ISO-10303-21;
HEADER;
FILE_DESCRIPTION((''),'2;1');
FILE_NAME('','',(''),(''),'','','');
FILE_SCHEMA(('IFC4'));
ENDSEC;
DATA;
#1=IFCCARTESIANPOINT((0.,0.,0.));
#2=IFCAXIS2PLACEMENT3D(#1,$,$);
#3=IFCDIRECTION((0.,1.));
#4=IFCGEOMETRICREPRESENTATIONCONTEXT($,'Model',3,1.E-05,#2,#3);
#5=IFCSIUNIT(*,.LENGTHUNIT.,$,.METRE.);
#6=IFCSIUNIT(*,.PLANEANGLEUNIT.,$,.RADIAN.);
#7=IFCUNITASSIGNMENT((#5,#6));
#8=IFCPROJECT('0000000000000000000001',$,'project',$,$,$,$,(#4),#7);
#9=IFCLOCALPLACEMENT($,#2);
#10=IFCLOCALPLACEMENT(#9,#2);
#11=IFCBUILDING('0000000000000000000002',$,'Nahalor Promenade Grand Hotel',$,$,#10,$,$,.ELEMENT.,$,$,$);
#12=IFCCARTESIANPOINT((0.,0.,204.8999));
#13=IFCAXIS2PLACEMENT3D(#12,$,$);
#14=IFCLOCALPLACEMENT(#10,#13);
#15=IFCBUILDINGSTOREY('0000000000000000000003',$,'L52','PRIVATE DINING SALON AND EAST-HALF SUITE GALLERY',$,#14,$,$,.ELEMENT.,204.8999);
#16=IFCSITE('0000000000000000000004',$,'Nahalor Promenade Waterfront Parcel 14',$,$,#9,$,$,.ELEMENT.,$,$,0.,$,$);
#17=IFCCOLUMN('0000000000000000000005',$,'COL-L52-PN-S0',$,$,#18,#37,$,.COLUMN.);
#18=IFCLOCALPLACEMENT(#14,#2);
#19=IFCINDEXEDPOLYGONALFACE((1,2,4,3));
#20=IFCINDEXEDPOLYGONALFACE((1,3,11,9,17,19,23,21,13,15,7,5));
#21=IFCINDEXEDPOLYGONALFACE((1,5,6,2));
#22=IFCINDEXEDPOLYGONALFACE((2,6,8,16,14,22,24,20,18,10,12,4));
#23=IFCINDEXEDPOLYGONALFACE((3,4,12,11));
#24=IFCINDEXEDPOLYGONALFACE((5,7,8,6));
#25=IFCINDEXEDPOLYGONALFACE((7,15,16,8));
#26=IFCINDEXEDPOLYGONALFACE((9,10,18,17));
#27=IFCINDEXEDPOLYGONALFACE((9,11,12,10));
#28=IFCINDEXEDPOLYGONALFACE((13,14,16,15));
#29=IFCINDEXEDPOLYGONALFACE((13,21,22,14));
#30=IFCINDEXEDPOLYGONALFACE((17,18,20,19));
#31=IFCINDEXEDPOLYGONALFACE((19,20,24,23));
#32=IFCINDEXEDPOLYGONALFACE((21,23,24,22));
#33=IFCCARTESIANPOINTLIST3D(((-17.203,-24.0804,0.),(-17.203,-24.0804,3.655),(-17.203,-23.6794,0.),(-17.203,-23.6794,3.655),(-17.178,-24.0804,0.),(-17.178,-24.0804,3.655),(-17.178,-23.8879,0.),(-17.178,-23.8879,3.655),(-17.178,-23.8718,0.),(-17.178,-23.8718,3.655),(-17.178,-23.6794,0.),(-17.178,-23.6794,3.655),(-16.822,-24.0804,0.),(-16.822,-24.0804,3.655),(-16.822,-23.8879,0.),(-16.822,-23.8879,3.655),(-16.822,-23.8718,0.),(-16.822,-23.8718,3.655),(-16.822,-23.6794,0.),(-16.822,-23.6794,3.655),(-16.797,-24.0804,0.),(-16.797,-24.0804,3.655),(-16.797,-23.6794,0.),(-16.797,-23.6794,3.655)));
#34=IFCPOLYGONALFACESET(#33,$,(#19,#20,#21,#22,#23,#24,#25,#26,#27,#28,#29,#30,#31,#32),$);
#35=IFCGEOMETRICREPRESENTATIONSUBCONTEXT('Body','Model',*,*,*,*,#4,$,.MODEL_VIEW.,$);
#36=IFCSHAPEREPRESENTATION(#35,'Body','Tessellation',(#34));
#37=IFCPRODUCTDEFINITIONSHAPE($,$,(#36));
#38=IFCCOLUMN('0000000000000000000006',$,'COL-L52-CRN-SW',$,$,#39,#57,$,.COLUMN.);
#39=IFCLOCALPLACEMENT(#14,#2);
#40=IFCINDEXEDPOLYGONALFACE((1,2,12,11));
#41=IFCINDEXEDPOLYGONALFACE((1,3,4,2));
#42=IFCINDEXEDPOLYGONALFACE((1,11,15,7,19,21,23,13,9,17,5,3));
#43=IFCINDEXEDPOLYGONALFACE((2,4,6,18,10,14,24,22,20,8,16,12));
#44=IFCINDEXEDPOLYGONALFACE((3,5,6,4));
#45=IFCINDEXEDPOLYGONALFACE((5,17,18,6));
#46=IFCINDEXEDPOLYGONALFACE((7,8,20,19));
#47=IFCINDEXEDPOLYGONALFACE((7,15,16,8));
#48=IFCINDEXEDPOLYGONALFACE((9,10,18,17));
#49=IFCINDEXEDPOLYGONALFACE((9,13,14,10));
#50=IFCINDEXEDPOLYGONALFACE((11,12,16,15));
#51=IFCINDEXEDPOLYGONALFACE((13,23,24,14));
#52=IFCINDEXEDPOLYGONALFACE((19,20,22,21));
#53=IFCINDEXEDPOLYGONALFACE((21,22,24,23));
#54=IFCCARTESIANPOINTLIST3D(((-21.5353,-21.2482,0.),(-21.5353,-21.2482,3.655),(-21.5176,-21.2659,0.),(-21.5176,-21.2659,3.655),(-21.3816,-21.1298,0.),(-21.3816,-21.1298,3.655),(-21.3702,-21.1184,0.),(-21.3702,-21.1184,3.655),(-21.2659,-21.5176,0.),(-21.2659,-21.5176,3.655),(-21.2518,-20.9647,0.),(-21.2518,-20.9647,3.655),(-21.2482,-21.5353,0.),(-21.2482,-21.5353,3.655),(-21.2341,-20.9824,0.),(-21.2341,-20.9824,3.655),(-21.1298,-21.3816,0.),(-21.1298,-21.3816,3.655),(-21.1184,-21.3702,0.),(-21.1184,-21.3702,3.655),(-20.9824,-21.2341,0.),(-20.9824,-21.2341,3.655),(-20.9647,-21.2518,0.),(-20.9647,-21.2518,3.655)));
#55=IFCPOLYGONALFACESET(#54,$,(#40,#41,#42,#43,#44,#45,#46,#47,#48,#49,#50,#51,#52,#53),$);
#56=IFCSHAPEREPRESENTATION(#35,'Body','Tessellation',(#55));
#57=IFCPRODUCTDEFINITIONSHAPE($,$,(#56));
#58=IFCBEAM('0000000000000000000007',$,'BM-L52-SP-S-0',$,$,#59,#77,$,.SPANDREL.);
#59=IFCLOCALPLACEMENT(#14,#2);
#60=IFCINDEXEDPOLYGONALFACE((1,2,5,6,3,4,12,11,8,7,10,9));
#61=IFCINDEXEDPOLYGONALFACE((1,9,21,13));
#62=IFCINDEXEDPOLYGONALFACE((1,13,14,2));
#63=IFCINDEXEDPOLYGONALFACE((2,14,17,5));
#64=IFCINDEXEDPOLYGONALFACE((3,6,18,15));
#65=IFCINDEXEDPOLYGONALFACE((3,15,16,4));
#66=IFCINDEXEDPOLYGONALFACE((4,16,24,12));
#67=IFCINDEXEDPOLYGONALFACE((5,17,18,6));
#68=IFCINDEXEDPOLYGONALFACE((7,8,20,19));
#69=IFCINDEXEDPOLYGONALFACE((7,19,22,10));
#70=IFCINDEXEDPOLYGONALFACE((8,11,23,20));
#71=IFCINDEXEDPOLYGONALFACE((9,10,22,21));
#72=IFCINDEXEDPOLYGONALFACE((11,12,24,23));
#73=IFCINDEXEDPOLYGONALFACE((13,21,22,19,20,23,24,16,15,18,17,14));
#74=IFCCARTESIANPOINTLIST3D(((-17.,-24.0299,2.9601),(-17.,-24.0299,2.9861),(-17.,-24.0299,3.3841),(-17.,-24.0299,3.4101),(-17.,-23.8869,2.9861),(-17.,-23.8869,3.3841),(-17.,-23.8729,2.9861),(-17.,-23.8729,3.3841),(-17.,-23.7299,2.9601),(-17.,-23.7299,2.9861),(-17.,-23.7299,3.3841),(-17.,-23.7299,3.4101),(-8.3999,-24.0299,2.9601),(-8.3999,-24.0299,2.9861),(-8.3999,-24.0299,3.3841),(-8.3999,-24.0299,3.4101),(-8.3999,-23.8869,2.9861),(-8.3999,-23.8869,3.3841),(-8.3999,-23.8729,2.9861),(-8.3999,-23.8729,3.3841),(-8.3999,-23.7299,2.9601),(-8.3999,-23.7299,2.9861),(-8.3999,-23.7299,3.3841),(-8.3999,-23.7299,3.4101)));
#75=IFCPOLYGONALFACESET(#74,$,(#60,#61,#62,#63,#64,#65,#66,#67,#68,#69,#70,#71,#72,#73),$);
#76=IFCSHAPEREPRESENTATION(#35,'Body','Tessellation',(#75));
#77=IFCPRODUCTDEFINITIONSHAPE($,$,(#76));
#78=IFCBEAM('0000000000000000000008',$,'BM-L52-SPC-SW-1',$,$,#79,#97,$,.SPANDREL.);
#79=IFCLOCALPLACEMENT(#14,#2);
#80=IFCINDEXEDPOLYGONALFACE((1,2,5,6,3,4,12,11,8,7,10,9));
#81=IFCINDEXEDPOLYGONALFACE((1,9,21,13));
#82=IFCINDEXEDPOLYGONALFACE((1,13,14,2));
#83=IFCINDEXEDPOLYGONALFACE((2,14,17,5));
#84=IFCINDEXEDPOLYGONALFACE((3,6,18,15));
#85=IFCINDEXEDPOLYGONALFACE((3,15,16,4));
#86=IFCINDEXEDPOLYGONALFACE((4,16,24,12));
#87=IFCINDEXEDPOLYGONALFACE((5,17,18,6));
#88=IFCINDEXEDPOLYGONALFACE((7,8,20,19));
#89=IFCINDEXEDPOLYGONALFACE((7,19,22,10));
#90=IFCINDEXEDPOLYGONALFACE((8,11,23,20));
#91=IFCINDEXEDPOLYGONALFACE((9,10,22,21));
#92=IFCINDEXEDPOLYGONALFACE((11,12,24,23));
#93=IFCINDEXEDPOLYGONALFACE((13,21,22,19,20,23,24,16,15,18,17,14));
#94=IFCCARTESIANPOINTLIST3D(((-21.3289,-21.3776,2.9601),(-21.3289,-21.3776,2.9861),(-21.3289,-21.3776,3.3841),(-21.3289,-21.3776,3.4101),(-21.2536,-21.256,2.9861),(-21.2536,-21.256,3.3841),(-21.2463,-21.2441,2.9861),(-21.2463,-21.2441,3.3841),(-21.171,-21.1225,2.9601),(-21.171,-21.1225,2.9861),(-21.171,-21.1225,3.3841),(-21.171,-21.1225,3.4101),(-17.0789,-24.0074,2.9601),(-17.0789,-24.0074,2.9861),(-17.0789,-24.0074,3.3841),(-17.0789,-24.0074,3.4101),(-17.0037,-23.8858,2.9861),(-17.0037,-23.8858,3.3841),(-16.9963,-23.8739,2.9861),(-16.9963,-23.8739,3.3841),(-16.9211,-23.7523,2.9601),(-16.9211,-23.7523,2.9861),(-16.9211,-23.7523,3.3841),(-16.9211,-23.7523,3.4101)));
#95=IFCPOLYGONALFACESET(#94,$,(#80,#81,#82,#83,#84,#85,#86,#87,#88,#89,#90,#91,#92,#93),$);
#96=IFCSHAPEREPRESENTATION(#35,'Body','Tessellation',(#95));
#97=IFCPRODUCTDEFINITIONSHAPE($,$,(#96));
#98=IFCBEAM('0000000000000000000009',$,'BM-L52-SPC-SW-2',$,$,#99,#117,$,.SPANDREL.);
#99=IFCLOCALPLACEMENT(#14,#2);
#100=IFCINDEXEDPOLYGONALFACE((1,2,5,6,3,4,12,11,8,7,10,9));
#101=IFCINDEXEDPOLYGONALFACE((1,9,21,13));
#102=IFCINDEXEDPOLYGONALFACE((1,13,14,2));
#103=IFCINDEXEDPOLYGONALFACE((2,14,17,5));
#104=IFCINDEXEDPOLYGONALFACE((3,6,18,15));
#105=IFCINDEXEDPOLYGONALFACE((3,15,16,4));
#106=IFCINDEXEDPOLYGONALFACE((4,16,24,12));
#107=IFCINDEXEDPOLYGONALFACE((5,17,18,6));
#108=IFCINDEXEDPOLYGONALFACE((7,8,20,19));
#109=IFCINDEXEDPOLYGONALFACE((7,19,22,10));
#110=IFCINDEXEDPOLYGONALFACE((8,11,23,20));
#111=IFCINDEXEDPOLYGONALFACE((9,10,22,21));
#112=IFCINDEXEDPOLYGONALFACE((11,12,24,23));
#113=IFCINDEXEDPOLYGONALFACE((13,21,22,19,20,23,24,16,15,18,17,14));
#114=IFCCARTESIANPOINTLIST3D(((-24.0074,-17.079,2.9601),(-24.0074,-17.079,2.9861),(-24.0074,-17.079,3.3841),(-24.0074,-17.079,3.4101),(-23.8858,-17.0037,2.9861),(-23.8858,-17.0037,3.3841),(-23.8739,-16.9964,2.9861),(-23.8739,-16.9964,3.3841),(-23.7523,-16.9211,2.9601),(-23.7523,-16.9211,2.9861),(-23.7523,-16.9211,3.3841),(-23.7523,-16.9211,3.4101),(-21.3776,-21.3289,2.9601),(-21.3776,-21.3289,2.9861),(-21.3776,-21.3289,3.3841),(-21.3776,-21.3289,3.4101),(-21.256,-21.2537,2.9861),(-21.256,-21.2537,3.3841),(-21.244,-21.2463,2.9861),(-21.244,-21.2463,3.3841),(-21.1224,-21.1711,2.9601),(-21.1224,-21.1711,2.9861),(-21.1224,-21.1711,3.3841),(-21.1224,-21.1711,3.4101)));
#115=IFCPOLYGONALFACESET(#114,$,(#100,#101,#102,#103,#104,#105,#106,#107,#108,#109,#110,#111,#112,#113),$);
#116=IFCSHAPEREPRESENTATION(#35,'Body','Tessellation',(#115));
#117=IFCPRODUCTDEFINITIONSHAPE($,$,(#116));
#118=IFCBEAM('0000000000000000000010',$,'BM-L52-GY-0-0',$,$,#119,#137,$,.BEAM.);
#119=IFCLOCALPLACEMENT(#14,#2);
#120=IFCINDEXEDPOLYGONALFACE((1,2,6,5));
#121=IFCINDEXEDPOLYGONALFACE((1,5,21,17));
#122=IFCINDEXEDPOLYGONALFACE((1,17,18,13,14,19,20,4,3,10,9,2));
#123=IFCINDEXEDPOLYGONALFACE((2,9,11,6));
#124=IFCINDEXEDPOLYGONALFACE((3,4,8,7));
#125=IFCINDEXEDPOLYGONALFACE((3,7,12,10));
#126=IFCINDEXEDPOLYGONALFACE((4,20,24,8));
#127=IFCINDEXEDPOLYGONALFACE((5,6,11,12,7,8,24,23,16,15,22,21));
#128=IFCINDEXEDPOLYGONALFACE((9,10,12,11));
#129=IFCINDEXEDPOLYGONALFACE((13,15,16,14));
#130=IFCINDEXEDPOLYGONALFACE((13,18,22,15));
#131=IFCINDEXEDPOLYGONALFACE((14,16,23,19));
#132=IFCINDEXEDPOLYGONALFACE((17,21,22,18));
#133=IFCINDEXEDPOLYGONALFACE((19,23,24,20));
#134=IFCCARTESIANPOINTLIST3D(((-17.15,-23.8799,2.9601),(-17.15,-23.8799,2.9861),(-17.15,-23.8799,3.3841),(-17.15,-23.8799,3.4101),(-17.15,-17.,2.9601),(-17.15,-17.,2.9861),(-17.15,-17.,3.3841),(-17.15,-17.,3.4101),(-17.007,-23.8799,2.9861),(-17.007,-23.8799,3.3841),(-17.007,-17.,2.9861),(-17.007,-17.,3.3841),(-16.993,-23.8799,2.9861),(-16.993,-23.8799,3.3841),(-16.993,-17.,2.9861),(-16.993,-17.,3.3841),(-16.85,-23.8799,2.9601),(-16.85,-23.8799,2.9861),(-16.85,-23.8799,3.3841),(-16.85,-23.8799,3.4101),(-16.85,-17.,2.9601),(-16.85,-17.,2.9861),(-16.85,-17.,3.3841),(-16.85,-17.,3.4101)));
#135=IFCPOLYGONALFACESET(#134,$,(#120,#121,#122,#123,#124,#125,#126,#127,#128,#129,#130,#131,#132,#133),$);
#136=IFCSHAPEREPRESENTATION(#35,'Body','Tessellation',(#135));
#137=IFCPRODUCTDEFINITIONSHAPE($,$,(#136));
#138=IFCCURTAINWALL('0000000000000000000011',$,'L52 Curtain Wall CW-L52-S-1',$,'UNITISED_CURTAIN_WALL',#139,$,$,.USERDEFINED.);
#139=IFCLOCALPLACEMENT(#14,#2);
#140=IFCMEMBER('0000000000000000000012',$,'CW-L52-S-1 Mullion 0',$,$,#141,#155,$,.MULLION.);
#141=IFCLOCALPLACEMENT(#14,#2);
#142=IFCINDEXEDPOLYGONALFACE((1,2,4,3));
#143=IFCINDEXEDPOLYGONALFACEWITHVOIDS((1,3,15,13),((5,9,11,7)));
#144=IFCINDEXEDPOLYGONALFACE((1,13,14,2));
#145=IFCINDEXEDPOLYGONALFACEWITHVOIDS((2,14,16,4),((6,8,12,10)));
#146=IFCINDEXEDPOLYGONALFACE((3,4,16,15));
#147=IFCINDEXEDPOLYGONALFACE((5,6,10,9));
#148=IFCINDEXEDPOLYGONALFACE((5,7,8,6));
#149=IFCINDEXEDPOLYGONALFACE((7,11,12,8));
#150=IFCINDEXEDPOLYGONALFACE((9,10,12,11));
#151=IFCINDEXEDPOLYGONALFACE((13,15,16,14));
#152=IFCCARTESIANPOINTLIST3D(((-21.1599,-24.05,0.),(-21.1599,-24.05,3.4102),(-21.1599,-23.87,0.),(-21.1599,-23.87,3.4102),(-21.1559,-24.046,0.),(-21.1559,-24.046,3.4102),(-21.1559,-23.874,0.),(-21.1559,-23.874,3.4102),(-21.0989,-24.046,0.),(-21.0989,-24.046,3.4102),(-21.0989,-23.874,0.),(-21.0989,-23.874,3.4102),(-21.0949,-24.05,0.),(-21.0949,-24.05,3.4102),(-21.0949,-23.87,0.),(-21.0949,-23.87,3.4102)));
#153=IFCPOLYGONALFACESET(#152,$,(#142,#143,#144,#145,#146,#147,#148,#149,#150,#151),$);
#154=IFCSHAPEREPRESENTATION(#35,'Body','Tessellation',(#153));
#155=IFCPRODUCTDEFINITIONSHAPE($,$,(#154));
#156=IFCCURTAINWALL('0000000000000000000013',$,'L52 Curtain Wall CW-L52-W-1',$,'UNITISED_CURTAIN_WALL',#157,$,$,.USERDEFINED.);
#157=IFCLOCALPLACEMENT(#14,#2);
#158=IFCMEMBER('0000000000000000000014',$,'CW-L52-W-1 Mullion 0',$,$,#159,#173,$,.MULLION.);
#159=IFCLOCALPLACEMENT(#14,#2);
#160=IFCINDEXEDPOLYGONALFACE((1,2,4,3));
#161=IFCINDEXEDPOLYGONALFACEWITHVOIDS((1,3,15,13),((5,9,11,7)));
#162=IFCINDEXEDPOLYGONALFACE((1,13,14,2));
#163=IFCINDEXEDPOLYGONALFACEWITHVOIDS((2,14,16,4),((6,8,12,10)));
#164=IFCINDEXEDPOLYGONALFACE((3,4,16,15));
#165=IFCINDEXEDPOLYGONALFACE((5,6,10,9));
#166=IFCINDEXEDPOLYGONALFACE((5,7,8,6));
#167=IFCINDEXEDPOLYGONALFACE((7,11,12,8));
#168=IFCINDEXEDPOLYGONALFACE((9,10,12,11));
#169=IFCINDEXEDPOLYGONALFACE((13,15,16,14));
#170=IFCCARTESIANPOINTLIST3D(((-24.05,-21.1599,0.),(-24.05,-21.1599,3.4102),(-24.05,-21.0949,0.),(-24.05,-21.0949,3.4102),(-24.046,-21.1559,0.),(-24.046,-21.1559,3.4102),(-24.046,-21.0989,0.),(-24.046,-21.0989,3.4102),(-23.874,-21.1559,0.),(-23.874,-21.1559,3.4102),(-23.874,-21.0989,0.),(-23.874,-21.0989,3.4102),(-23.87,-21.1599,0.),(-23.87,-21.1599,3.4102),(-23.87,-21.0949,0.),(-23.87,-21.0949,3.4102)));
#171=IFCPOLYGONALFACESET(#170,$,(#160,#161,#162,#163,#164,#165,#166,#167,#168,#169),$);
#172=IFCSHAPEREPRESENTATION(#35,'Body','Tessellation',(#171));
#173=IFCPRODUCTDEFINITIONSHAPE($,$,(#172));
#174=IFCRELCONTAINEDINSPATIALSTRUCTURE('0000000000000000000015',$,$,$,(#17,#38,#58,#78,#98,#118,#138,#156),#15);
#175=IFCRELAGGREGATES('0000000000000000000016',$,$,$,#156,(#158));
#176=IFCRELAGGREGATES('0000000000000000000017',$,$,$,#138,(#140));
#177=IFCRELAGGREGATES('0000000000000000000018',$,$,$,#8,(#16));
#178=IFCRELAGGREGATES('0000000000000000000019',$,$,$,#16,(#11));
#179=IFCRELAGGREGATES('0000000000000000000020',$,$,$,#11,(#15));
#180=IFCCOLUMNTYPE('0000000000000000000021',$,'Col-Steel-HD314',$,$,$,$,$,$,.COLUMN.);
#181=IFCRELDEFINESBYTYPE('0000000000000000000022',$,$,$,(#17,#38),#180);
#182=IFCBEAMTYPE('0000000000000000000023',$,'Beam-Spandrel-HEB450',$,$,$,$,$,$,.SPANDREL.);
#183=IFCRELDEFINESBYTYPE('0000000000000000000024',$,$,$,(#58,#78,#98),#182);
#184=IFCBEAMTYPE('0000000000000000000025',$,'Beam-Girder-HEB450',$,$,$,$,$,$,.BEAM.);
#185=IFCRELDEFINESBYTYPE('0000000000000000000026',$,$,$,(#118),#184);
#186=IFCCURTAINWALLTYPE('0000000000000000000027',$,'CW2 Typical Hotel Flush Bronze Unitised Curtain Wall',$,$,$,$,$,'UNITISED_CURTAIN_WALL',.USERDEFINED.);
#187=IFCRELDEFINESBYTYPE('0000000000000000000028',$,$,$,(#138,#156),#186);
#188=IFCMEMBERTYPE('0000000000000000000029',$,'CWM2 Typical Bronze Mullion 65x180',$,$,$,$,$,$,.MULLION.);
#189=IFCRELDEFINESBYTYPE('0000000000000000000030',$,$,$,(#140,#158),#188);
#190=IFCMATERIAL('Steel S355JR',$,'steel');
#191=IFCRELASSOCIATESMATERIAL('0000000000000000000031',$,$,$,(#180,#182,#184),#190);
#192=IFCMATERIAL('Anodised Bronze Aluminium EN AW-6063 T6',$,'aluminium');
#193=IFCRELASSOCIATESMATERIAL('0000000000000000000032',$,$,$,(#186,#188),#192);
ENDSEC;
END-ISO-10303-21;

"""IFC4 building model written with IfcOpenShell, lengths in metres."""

from ifc_helpers import new_model, si_unit, direction, frame, origin, origin_2d, place, context, subcontext, project, spatial, hollow_rectangle, i_section, extrude, source, transform, mapped, material, material_profile, profile_set, type_object, element, aggregate, save


model = new_model("IFC4")

# Units and contexts
model_context = context("Model", 3, precision=1e-05, world=origin(), true_north=direction((0.0, 1.0)))
body_context = subcontext(model_context, "Body", "Model", "MODEL_VIEW")
ifc_project = project(units=[si_unit("LENGTHUNIT", "METRE"), si_unit("PLANEANGLEUNIT", "RADIAN")], contexts=[model_context])

# Site, building, storey
site_placement = place(None, origin())
site = spatial("IfcSite", under=ifc_project, at=site_placement, Name="Nahalor Promenade Waterfront Parcel 14", CompositionType="ELEMENT", RefElevation=0.0)
building_placement = place(site_placement, origin())
building = spatial("IfcBuilding", under=site, at=building_placement, Name="Nahalor Promenade Grand Hotel", CompositionType="ELEMENT")
storey_placement = place(building_placement, frame((0.0, 0.0, 204.8999)))
storey = spatial("IfcBuildingStorey", under=building, at=storey_placement, Name="L52", Description="PRIVATE DINING SALON AND EAST-HALF SUITE GALLERY", CompositionType="ELEMENT", Elevation=204.8999)

# Columns
ifc_material_1 = material(Name="Steel S355JR", Category="steel")
ifc_material_profile_1 = material_profile(ifc_material_1, i_section(OverallWidth=0.401, OverallDepth=0.406, WebThickness=0.0161, FlangeThickness=0.025, at=origin_2d()), Name="HD 400x314")
ifc_profile_set_1 = profile_set([ifc_material_profile_1], Name="Steel S355JR")
column_type = type_object("IfcColumnType", Name="Col-Steel-HD314", PredefinedType="COLUMN", material=ifc_profile_set_1)
shared_shape_1 = source(origin(), body_context, "Body", "SweptSolid", [
    extrude(i_section(OverallWidth=0.401, OverallDepth=0.406, WebThickness=0.0161, FlangeThickness=0.025, at=origin_2d()), origin(), (0.0, 0.0, 1.0), 3.655),
])
for number, where, z_axis, x_axis, name in (
    (1, (-17.0, -23.8799, 0.0), (0.0, 0.0, 1.0), (0.0, 1.0, 0.0), "COL-L52-PN-S0"),
    (2, (-21.25, -21.25, 0.0), (0.0, 0.0, 1.0), (0.707107, 0.707107, 0.0), "COL-L52-CRN-SW"),
):
    element("IfcColumn", number, at=place(storey_placement, frame(where, z_axis=z_axis, x_axis=x_axis)), inside=storey, type_object=column_type, Name=name, PredefinedType="COLUMN", context=body_context, shape_type="MappedRepresentation", body=[
        mapped(shared_shape_1, transform((0.0, 0.0, 0.0), scale=1.0)),
    ])

# Beams
ifc_material_profile_2 = material_profile(ifc_material_1, i_section(OverallWidth=0.3, OverallDepth=0.45, WebThickness=0.014, FlangeThickness=0.026, at=origin_2d()), Name="HEB 450")
ifc_profile_set_2 = profile_set([ifc_material_profile_2], Name="Steel S355JR")
beam_type_1 = type_object("IfcBeamType", Name="Beam-Spandrel-HEB450", PredefinedType="SPANDREL", material=ifc_profile_set_2)
shared_shape_2 = source(origin(), body_context, "Body", "SweptSolid", [
    extrude(i_section(OverallWidth=0.3, OverallDepth=0.45, WebThickness=0.014, FlangeThickness=0.026, at=origin_2d()), origin(), (0.0, 0.0, 1.0), 8.6001),
])
beam_1_placement = place(storey_placement, frame((-17.0, -23.8799, 3.1851), z_axis=(1.0, 0.0, 0.0), x_axis=(0.0, 1.0, 0.0)))
element("IfcBeam", 3, at=beam_1_placement, inside=storey, type_object=beam_type_1, Name="BM-L52-SP-S-0", PredefinedType="SPANDREL", context=body_context, shape_type="MappedRepresentation", body=[
    mapped(shared_shape_2, transform((0.0, 0.0, 0.0), scale=1.0)),
])
shared_shape_3 = source(origin(), body_context, "Body", "SweptSolid", [
    extrude(i_section(OverallWidth=0.3, OverallDepth=0.45, WebThickness=0.014, FlangeThickness=0.026, at=origin_2d()), origin(), (0.0, 0.0, 1.0), 4.9978),
])
for number, where, z_axis, x_axis, name in (
    (4, (-17.0, -23.8799, 3.1851), (-0.850361, 0.5262, 0.0), (-0.5262, -0.850361, 0.0), "BM-L52-SPC-SW-1"),
    (5, (-21.25, -21.25, 3.1851), (-0.5262, 0.850361, 0.0), (-0.850361, -0.5262, 0.0), "BM-L52-SPC-SW-2"),
):
    element("IfcBeam", number, at=place(storey_placement, frame(where, z_axis=z_axis, x_axis=x_axis)), inside=storey, type_object=beam_type_1, Name=name, PredefinedType="SPANDREL", context=body_context, shape_type="MappedRepresentation", body=[
        mapped(shared_shape_3, transform((0.0, 0.0, 0.0), scale=1.0)),
    ])
ifc_material_profile_3 = material_profile(ifc_material_1, i_section(OverallWidth=0.3, OverallDepth=0.45, WebThickness=0.014, FlangeThickness=0.026, at=origin_2d()), Name="HEB 450")
ifc_profile_set_3 = profile_set([ifc_material_profile_3], Name="Steel S355JR")
beam_type_2 = type_object("IfcBeamType", Name="Beam-Girder-HEB450", PredefinedType="BEAM", material=ifc_profile_set_3)
shared_shape_4 = source(origin(), body_context, "Body", "SweptSolid", [
    extrude(i_section(OverallWidth=0.3, OverallDepth=0.45, WebThickness=0.014, FlangeThickness=0.026, at=origin_2d()), origin(), (0.0, 0.0, 1.0), 6.8799),
])
beam_2_placement = place(storey_placement, frame((-17.0, -23.8799, 3.1851), z_axis=(0.0, 1.0, 0.0), x_axis=(-1.0, 0.0, 0.0)))
element("IfcBeam", 6, at=beam_2_placement, inside=storey, type_object=beam_type_2, Name="BM-L52-GY-0-0", PredefinedType="BEAM", context=body_context, shape_type="MappedRepresentation", body=[
    mapped(shared_shape_4, transform((0.0, 0.0, 0.0), scale=1.0)),
])

# Curtain walls, members
ifc_material_2 = material(Name="Anodised Bronze Aluminium EN AW-6063 T6", Category="aluminium")
curtain_wall_type = type_object("IfcCurtainWallType", Name="CW2 Typical Hotel Flush Bronze Unitised Curtain Wall", ElementType="UNITISED_CURTAIN_WALL", PredefinedType="USERDEFINED", material=ifc_material_2)
curtain_wall_1_placement = place(storey_placement, origin())
curtain_wall_1 = element("IfcCurtainWall", 7, at=curtain_wall_1_placement, inside=storey, type_object=curtain_wall_type, Name="L52 Curtain Wall CW-L52-S-1", ObjectType="UNITISED_CURTAIN_WALL", PredefinedType="USERDEFINED")
ifc_material_profile_4 = material_profile(ifc_material_2, hollow_rectangle(XDim=0.065, YDim=0.18, WallThickness=0.004, at=origin_2d()), Name="CWM 65x180x4")
ifc_profile_set_4 = profile_set([ifc_material_profile_4], Name="Anodised Bronze Aluminium EN AW-6063 T6")
member_type_1 = type_object("IfcMemberType", Name="CWM2 Typical Bronze Mullion 65x180", PredefinedType="MULLION", material=ifc_profile_set_4)
shared_shape_5 = source(origin(), body_context, "Body", "SweptSolid", [
    extrude(hollow_rectangle(XDim=0.065, YDim=0.18, WallThickness=0.004, at=origin_2d()), origin(), (0.0, 0.0, 1.0), 3.4102),
])
member_1_placement = place(storey_placement, frame((-21.1274, -23.96, 0.0), z_axis=(0.0, 0.0, 1.0), x_axis=(1.0, 0.0, 0.0)))
member_1 = element("IfcMember", 8, at=member_1_placement, type_object=member_type_1, Name="CW-L52-S-1 Mullion 0", PredefinedType="MULLION", context=body_context, shape_type="MappedRepresentation", body=[
    mapped(shared_shape_5, transform((0.0, 0.0, 0.0), scale=1.0)),
])
curtain_wall_2_placement = place(storey_placement, origin())
curtain_wall_2 = element("IfcCurtainWall", 9, at=curtain_wall_2_placement, inside=storey, type_object=curtain_wall_type, Name="L52 Curtain Wall CW-L52-W-1", ObjectType="UNITISED_CURTAIN_WALL", PredefinedType="USERDEFINED")
member_2_placement = place(storey_placement, frame((-23.96, -21.1274, 0.0), z_axis=(0.0, 0.0, 1.0), x_axis=(0.0, 1.0, 0.0)))
member_2 = element("IfcMember", 10, at=member_2_placement, type_object=member_type_1, Name="CW-L52-W-1 Mullion 0", PredefinedType="MULLION", context=body_context, shape_type="MappedRepresentation", body=[
    mapped(shared_shape_5, transform((0.0, 0.0, 0.0), scale=1.0)),
])

aggregate(curtain_wall_2, [member_2])

aggregate(curtain_wall_1, [member_1])

save(model, "model.ifc")
